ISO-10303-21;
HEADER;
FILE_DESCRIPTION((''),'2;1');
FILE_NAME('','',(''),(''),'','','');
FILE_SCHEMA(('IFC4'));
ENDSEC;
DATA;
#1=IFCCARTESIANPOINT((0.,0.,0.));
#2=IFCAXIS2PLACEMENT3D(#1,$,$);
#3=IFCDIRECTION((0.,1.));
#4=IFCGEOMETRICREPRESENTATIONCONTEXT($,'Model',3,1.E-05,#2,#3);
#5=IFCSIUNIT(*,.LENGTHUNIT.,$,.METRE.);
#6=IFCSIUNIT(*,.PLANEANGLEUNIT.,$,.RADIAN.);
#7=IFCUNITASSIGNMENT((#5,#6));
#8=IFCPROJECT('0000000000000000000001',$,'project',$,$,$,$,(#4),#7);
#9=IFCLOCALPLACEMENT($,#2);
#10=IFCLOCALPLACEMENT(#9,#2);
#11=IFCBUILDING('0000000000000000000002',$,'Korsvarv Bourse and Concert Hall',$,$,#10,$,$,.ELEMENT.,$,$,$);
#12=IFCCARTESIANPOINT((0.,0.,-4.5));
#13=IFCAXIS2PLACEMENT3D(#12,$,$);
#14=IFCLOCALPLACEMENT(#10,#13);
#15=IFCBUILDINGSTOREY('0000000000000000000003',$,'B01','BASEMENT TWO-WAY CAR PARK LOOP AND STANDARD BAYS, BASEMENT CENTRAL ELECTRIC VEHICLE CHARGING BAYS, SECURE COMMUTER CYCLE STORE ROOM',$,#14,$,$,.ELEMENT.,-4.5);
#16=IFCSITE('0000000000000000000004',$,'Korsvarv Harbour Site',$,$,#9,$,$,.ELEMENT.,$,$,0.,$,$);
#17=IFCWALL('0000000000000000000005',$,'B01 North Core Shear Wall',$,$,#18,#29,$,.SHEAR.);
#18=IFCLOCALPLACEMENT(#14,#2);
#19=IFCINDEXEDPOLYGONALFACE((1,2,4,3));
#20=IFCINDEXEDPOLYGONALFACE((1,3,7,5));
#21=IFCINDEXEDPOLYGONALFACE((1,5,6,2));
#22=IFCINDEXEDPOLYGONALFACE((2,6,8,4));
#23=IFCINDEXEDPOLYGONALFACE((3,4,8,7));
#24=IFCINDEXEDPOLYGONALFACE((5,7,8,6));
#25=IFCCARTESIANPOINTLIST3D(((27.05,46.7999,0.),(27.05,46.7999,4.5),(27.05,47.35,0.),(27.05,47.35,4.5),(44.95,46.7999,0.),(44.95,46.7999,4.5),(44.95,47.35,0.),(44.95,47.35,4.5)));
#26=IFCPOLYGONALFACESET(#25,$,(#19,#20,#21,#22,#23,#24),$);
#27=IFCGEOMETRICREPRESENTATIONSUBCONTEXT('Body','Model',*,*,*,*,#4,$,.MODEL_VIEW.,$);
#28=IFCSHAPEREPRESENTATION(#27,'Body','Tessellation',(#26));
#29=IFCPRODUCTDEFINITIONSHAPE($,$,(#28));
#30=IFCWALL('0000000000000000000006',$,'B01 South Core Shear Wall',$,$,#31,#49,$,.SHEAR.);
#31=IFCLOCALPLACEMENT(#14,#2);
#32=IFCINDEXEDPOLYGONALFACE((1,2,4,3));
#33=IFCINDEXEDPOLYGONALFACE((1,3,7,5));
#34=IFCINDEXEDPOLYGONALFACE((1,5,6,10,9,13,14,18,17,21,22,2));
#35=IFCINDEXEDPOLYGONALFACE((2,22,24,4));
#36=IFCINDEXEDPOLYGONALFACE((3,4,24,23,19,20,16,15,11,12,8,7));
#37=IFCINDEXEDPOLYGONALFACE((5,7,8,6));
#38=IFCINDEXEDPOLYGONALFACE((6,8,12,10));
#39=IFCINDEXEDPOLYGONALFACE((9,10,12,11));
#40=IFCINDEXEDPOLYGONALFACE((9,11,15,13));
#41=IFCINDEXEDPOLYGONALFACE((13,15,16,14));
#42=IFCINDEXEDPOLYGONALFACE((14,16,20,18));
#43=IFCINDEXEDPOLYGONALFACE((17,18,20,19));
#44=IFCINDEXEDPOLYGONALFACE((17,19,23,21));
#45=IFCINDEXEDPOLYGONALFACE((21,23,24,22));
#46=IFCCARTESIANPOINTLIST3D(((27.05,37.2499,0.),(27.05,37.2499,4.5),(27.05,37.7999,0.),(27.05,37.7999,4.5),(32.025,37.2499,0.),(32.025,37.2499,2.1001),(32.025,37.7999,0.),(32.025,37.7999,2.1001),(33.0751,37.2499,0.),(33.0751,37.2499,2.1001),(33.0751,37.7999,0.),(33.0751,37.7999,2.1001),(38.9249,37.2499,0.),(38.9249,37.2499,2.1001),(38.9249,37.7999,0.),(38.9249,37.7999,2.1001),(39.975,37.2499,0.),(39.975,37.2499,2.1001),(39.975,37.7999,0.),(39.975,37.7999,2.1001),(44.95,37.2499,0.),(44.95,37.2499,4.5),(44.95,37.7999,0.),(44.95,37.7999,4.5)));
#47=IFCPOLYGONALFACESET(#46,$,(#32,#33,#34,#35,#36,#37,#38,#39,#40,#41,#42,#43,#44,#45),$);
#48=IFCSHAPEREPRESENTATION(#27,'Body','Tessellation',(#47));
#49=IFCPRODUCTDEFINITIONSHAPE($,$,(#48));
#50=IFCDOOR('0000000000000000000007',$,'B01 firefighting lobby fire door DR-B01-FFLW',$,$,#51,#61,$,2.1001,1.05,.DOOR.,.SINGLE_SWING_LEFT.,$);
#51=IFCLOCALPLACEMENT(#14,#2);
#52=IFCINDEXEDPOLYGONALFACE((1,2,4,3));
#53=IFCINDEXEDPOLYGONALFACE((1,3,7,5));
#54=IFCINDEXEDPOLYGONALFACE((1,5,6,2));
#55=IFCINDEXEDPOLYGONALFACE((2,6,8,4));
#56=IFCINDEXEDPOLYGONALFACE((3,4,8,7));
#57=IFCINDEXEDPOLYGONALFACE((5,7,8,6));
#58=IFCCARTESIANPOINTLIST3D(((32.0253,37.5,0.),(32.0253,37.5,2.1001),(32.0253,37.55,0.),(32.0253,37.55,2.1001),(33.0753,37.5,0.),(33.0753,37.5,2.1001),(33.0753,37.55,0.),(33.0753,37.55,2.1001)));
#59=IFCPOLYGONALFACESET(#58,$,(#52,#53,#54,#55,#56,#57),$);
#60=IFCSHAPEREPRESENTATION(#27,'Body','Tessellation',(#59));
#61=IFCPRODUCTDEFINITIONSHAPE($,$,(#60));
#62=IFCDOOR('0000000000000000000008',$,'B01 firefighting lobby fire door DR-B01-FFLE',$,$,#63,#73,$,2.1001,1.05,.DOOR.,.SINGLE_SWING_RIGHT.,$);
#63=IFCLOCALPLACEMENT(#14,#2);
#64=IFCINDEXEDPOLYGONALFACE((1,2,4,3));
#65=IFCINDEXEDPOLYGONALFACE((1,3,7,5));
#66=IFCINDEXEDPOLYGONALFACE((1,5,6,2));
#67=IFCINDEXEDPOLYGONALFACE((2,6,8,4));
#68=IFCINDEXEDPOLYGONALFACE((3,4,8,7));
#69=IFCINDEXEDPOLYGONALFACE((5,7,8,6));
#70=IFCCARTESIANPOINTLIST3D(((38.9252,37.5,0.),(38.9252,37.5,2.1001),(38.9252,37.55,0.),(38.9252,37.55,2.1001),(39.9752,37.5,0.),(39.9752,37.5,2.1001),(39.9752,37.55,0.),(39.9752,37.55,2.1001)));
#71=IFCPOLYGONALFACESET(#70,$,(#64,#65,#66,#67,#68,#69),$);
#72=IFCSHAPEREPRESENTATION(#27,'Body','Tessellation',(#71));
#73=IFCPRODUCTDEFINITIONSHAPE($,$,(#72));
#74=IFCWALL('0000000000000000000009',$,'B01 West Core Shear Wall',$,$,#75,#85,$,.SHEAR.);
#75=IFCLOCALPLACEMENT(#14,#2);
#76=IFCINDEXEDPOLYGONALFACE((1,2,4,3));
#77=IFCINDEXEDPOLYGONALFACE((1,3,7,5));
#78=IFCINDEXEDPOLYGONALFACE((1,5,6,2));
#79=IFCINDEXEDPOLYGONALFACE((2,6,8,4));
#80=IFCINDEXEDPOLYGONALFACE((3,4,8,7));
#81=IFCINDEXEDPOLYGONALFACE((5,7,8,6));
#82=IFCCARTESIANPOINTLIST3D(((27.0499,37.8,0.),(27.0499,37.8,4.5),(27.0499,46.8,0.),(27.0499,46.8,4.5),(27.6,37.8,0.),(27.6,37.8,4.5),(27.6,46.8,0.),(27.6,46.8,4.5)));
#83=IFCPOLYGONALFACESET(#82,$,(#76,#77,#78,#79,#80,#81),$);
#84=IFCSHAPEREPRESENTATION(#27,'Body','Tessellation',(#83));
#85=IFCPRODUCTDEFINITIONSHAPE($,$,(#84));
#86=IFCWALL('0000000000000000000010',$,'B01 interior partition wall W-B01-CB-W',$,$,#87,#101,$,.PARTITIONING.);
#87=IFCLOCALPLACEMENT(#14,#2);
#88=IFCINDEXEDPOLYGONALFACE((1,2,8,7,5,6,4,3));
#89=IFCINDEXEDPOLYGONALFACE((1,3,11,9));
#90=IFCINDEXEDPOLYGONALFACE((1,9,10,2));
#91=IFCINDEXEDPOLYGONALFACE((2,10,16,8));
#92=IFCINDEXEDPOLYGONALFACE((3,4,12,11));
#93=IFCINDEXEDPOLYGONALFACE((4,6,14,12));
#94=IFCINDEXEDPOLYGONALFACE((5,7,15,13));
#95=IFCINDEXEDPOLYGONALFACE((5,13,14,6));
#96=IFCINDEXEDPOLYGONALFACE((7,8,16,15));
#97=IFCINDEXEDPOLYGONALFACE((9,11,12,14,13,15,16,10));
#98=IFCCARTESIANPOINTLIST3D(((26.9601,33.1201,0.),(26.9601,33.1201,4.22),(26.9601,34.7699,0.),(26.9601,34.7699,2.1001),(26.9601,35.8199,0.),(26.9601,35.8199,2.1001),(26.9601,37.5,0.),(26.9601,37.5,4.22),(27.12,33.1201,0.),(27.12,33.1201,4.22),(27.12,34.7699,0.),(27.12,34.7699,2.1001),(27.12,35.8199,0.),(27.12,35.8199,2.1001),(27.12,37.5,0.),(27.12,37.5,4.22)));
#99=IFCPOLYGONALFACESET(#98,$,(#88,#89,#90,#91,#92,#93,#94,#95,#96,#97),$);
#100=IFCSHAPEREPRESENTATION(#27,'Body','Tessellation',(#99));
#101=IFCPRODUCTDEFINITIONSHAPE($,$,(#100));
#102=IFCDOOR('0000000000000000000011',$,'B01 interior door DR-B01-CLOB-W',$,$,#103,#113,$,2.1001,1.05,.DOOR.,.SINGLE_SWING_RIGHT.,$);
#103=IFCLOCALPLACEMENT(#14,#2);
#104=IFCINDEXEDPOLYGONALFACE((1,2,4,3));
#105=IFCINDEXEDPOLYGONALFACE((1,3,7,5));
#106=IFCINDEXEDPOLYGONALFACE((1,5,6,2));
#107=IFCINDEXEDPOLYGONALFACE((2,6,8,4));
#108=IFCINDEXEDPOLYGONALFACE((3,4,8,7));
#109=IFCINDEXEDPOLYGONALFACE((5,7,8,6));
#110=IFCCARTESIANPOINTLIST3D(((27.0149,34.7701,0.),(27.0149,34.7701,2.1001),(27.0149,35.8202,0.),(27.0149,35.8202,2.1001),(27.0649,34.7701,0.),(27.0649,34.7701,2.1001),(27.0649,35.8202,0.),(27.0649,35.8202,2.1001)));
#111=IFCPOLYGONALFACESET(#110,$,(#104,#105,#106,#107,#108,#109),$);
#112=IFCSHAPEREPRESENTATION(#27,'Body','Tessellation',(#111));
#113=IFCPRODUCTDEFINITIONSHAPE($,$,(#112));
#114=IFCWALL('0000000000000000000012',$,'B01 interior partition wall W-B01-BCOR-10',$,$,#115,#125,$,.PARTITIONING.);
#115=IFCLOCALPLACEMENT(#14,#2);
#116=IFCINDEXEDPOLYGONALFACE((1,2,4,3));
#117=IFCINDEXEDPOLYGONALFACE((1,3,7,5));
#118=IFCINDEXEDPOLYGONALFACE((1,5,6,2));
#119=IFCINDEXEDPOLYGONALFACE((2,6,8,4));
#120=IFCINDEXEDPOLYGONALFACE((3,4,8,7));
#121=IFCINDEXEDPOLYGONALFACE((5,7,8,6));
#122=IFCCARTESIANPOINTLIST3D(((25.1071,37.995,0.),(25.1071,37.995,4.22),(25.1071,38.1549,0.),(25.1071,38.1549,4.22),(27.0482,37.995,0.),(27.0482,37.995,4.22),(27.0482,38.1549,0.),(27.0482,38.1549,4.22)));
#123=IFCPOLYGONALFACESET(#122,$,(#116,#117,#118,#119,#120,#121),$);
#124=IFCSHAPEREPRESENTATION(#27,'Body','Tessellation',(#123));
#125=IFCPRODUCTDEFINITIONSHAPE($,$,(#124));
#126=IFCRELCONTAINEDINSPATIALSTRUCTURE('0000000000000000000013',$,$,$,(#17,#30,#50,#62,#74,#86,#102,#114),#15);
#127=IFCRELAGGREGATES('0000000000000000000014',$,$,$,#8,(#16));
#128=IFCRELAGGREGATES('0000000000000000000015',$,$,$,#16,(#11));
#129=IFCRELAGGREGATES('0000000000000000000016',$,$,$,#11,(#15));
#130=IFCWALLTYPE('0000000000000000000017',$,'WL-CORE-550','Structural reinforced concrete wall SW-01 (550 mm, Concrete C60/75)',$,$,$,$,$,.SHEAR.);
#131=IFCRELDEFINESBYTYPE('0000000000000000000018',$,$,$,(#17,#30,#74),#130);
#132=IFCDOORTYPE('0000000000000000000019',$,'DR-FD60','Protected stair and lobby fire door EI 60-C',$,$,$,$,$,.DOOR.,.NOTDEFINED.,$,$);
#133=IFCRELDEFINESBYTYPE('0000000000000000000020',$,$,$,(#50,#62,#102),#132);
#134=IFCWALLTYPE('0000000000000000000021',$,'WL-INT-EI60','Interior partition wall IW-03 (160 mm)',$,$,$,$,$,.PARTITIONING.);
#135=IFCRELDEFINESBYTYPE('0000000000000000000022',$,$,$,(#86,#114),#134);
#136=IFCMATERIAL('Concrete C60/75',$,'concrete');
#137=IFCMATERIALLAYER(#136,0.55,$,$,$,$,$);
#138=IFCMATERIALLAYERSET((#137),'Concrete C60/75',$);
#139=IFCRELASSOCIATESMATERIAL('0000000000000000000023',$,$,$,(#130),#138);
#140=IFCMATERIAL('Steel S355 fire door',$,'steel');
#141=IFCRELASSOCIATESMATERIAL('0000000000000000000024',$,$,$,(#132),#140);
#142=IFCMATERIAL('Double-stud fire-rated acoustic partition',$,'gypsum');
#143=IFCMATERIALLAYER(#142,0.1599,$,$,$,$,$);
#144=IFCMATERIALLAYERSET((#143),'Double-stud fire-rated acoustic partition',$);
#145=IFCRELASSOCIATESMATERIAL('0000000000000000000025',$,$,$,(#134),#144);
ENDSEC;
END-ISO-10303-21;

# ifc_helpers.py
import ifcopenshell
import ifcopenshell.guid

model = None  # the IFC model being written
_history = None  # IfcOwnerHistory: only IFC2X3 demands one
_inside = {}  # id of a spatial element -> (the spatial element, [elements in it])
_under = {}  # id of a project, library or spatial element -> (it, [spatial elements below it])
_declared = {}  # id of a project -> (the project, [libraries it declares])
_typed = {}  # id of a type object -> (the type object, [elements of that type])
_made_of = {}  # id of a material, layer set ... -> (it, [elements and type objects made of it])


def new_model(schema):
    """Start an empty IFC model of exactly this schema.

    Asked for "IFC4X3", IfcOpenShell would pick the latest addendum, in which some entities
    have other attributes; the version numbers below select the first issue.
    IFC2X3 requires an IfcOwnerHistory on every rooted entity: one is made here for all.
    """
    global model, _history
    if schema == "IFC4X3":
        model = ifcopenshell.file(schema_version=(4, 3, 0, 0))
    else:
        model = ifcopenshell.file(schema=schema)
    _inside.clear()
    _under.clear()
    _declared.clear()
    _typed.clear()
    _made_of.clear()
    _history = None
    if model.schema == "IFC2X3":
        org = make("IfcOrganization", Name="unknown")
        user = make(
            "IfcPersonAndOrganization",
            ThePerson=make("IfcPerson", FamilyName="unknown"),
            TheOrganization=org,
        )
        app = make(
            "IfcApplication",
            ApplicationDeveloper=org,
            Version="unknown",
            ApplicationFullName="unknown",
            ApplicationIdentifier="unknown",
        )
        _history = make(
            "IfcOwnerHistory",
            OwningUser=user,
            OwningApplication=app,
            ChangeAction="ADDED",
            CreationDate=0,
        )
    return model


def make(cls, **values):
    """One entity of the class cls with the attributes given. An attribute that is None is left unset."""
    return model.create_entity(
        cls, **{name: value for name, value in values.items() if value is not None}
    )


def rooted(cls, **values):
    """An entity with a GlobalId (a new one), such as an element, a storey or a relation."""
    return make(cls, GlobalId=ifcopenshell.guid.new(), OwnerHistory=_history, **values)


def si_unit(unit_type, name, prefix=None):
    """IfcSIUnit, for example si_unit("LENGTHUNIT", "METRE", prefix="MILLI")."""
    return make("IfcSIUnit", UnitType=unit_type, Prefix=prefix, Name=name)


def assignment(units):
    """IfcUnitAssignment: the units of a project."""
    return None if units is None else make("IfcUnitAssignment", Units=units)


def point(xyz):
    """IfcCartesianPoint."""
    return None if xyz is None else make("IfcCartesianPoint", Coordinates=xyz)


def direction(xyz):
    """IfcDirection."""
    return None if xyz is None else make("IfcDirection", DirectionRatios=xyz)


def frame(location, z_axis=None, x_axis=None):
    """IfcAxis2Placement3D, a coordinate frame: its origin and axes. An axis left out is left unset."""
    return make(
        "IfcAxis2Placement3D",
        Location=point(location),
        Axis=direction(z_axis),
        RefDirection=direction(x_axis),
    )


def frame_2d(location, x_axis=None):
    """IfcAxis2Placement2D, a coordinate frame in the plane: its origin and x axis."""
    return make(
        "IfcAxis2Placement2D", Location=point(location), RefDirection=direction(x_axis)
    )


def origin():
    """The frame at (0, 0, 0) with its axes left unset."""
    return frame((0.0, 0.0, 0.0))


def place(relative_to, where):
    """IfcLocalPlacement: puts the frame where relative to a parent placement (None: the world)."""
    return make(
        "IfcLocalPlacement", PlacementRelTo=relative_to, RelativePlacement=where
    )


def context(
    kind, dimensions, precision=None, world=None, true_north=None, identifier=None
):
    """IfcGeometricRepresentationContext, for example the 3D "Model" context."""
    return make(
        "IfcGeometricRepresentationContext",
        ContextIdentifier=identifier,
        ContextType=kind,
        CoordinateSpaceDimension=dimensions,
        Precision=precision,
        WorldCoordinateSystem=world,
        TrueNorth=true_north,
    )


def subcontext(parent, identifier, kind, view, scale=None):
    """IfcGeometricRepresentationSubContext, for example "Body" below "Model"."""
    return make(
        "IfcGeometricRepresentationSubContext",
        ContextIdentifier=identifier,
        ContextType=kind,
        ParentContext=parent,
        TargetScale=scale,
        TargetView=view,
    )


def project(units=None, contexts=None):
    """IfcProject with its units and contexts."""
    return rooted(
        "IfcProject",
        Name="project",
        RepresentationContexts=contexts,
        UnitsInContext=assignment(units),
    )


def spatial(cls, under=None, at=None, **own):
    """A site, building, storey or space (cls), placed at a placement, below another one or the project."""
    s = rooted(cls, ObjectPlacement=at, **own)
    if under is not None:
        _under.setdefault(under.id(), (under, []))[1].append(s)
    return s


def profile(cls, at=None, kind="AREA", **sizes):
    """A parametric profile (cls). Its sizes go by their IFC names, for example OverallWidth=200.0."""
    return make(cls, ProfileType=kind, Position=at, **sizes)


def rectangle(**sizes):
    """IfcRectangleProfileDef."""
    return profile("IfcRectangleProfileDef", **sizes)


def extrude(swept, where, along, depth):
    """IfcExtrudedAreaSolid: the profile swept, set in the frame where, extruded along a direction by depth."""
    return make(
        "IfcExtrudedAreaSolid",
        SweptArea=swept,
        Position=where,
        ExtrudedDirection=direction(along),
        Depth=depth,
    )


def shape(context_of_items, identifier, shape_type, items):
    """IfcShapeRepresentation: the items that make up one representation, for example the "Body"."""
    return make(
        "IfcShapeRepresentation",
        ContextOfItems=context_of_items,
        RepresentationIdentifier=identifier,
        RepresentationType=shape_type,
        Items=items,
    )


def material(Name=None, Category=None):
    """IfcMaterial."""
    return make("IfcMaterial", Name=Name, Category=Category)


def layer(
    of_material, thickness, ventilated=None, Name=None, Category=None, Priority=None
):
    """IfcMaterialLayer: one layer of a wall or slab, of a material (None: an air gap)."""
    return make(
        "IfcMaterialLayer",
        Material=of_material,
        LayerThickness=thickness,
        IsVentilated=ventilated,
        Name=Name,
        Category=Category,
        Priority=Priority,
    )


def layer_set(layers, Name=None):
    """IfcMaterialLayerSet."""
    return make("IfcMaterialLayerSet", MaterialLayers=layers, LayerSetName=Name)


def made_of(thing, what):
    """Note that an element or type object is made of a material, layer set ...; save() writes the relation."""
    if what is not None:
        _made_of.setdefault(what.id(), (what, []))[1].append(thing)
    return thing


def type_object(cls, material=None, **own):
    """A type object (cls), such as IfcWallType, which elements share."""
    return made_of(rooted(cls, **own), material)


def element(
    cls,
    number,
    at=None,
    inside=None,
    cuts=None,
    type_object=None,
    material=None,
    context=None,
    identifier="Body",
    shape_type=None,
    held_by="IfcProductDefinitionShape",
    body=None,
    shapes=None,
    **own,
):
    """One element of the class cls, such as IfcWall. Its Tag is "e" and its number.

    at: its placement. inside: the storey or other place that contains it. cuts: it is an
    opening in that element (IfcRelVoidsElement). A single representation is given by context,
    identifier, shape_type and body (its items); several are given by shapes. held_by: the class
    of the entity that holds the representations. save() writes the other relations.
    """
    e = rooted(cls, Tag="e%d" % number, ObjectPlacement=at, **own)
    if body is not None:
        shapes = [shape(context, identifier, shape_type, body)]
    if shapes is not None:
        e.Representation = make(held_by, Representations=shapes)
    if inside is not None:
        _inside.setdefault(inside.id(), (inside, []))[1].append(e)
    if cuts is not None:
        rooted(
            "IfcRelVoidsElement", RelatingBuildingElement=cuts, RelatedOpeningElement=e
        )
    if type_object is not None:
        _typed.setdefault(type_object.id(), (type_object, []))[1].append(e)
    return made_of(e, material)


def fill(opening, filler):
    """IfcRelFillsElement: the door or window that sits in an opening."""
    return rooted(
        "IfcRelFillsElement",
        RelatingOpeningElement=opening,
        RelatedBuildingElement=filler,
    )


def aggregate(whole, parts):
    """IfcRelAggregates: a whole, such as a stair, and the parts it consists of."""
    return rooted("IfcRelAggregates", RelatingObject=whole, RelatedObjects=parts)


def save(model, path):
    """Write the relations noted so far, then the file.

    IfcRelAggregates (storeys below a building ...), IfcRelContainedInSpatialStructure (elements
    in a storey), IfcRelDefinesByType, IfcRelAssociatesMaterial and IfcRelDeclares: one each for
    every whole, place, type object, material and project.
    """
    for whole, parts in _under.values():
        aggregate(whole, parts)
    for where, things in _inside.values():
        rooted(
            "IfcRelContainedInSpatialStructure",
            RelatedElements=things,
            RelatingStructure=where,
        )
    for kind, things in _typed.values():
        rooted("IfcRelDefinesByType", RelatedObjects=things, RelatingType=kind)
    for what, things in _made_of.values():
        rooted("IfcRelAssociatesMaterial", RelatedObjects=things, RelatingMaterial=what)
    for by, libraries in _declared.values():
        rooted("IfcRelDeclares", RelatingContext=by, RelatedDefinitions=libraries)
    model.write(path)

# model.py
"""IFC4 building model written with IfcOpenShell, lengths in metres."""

from ifc_helpers import new_model, si_unit, direction, frame, frame_2d, origin, place, context, subcontext, project, spatial, rectangle, extrude, material, layer, layer_set, type_object, element, fill, save


model = new_model("IFC4")

# Units and contexts
model_context = context("Model", 3, precision=1e-05, world=origin(), true_north=direction((0.0, 1.0)))
body_context = subcontext(model_context, "Body", "Model", "MODEL_VIEW")
ifc_project = project(units=[si_unit("LENGTHUNIT", "METRE"), si_unit("PLANEANGLEUNIT", "RADIAN")], contexts=[model_context])

# Site, building, storey
site_placement = place(None, origin())
site = spatial("IfcSite", under=ifc_project, at=site_placement, Name="Korsvarv Harbour Site", CompositionType="ELEMENT", RefElevation=0.0)
building_placement = place(site_placement, origin())
building = spatial("IfcBuilding", under=site, at=building_placement, Name="Korsvarv Bourse and Concert Hall", CompositionType="ELEMENT")
storey_placement = place(building_placement, frame((0.0, 0.0, -4.5)))
storey = spatial("IfcBuildingStorey", under=building, at=storey_placement, Name="B01", Description="BASEMENT TWO-WAY CAR PARK LOOP AND STANDARD BAYS, BASEMENT CENTRAL ELECTRIC VEHICLE CHARGING BAYS, SECURE COMMUTER CYCLE STORE ROOM", CompositionType="ELEMENT", Elevation=-4.5)

# Shared definitions
ifc_material_1 = material(Name="Concrete C60/75", Category="concrete")

# Wall
ifc_layer_1 = layer(ifc_material_1, 0.55)
ifc_layer_set_1 = layer_set([ifc_layer_1], Name="Concrete C60/75")
wall_type_1 = type_object("IfcWallType", Name="WL-CORE-550", Description="Structural reinforced concrete wall SW-01 (550 mm, Concrete C60/75)", PredefinedType="SHEAR", material=ifc_layer_set_1)
wall_1_placement = place(storey_placement, frame((27.05, 47.075, 0.0), z_axis=(0.0, 0.0, 1.0), x_axis=(1.0, 0.0, 0.0)))
element("IfcWall", 1, at=wall_1_placement, inside=storey, type_object=wall_type_1, Name="B01 North Core Shear Wall", PredefinedType="SHEAR", context=body_context, shape_type="SweptSolid", body=[
    extrude(rectangle(XDim=17.8999, YDim=0.55, at=frame_2d((8.95, 0.0))), origin(), (0.0, 0.0, 1.0), 4.5),
])

# Wall, openings, doors
wall_2_placement = place(storey_placement, frame((27.05, 37.5249, 0.0), z_axis=(0.0, 0.0, 1.0), x_axis=(1.0, 0.0, 0.0)))
wall_2 = element("IfcWall", 2, at=wall_2_placement, inside=storey, type_object=wall_type_1, Name="B01 South Core Shear Wall", PredefinedType="SHEAR", context=body_context, shape_type="SweptSolid", body=[
    extrude(rectangle(XDim=17.8999, YDim=0.55, at=frame_2d((8.95, 0.0))), origin(), (0.0, 0.0, 1.0), 4.5),
])
opening_1_placement = place(wall_2_placement, frame((4.9751, 0.0, 0.0)))
opening_1 = element("IfcOpeningElement", 3, at=opening_1_placement, cuts=wall_2, PredefinedType="OPENING", context=body_context, shape_type="SweptSolid", body=[
    extrude(rectangle(XDim=1.05, YDim=2.1001, at=frame_2d((0.5249, 1.05))), frame((0.0, 0.2852, 0.0), z_axis=(0.0, -1.0, 0.0), x_axis=(1.0, 0.0, 0.0)), (0.0, 0.0, 1.0), 0.5701),
])
opening_2_placement = place(wall_2_placement, frame((11.875, 0.0, 0.0)))
opening_2 = element("IfcOpeningElement", 4, at=opening_2_placement, cuts=wall_2, PredefinedType="OPENING", context=body_context, shape_type="SweptSolid", body=[
    extrude(rectangle(XDim=1.05, YDim=2.1001, at=frame_2d((0.5249, 1.05))), frame((0.0, 0.2852, 0.0), z_axis=(0.0, -1.0, 0.0), x_axis=(1.0, 0.0, 0.0)), (0.0, 0.0, 1.0), 0.5701),
])
ifc_material_2 = material(Name="Steel S355 fire door", Category="steel")
door_type = type_object("IfcDoorType", Name="DR-FD60", Description="Protected stair and lobby fire door EI 60-C", OperationType="NOTDEFINED", PredefinedType="DOOR", material=ifc_material_2)
door_1_placement = place(opening_1_placement, frame((1.05, 0.0, 0.0), z_axis=(0.0, 0.0, 1.0), x_axis=(-1.0, 0.0, 0.0)))
door_1 = element("IfcDoor", 5, at=door_1_placement, inside=storey, type_object=door_type, Name="B01 firefighting lobby fire door DR-B01-FFLW", OperationType="SINGLE_SWING_LEFT", OverallHeight=2.1001, OverallWidth=1.05, PredefinedType="DOOR", context=body_context, shape_type="SweptSolid", body=[
    extrude(rectangle(XDim=1.05, YDim=2.1001, at=frame_2d((0.5249, 1.05))), frame((0.0, 0.0249, 0.0), z_axis=(0.0, -1.0, 0.0), x_axis=(1.0, 0.0, 0.0)), (0.0, 0.0, 1.0), 0.05),
])
fill(opening_1, door_1)
door_2_placement = place(opening_2_placement, frame((1.05, 0.0, 0.0), z_axis=(0.0, 0.0, 1.0), x_axis=(-1.0, 0.0, 0.0)))
door_2 = element("IfcDoor", 6, at=door_2_placement, inside=storey, type_object=door_type, Name="B01 firefighting lobby fire door DR-B01-FFLE", OperationType="SINGLE_SWING_RIGHT", OverallHeight=2.1001, OverallWidth=1.05, PredefinedType="DOOR", context=body_context, shape_type="SweptSolid", body=[
    extrude(rectangle(XDim=1.05, YDim=2.1001, at=frame_2d((0.5249, 1.05))), frame((0.0, 0.0249, 0.0), z_axis=(0.0, -1.0, 0.0), x_axis=(1.0, 0.0, 0.0)), (0.0, 0.0, 1.0), 0.05),
])
fill(opening_2, door_2)

# Wall
wall_3_placement = place(storey_placement, frame((27.325, 37.8, 0.0), z_axis=(0.0, 0.0, 1.0), x_axis=(0.0, 1.0, 0.0)))
element("IfcWall", 7, at=wall_3_placement, inside=storey, type_object=wall_type_1, Name="B01 West Core Shear Wall", PredefinedType="SHEAR", context=body_context, shape_type="SweptSolid", body=[
    extrude(rectangle(XDim=9.0, YDim=0.55, at=frame_2d((4.5, 0.0))), origin(), (0.0, 0.0, 1.0), 4.5),
])

# Wall, opening, door
ifc_material_3 = material(Name="Double-stud fire-rated acoustic partition", Category="gypsum")
ifc_layer_2 = layer(ifc_material_3, 0.1599)
ifc_layer_set_2 = layer_set([ifc_layer_2], Name="Double-stud fire-rated acoustic partition")
wall_type_2 = type_object("IfcWallType", Name="WL-INT-EI60", Description="Interior partition wall IW-03 (160 mm)", PredefinedType="PARTITIONING", material=ifc_layer_set_2)
wall_4_placement = place(storey_placement, frame((27.04, 33.1201, 0.0), z_axis=(0.0, 0.0, 1.0), x_axis=(0.0, 1.0, 0.0)))
wall_4 = element("IfcWall", 8, at=wall_4_placement, inside=storey, type_object=wall_type_2, Name="B01 interior partition wall W-B01-CB-W", PredefinedType="PARTITIONING", context=body_context, shape_type="SweptSolid", body=[
    extrude(rectangle(XDim=4.3799, YDim=0.1599, at=frame_2d((2.1899, 0.0))), origin(), (0.0, 0.0, 1.0), 4.22),
])
opening_3_placement = place(wall_4_placement, frame((1.6499, 0.0, 0.0)))
opening_3 = element("IfcOpeningElement", 9, at=opening_3_placement, cuts=wall_4, PredefinedType="OPENING", context=body_context, shape_type="SweptSolid", body=[
    extrude(rectangle(XDim=1.05, YDim=2.1001, at=frame_2d((0.5249, 1.05))), frame((0.0, 0.0898, 0.0), z_axis=(0.0, -1.0, 0.0), x_axis=(1.0, 0.0, 0.0)), (0.0, 0.0, 1.0), 0.1799),
])
door_3_placement = place(opening_3_placement, frame((1.05, 0.0, 0.0), z_axis=(0.0, 0.0, 1.0), x_axis=(-1.0, 0.0, 0.0)))
door_3 = element("IfcDoor", 10, at=door_3_placement, inside=storey, type_object=door_type, Name="B01 interior door DR-B01-CLOB-W", OperationType="SINGLE_SWING_RIGHT", OverallHeight=2.1001, OverallWidth=1.05, PredefinedType="DOOR", context=body_context, shape_type="SweptSolid", body=[
    extrude(rectangle(XDim=1.05, YDim=2.1001, at=frame_2d((0.5249, 1.05))), frame((0.0, 0.0249, 0.0), z_axis=(0.0, -1.0, 0.0), x_axis=(1.0, 0.0, 0.0)), (0.0, 0.0, 1.0), 0.05),
])
fill(opening_3, door_3)

# Wall
wall_5_placement = place(storey_placement, frame((25.1069, 38.075, 0.0), z_axis=(0.0, 0.0, 1.0), x_axis=(1.0, 0.0, 0.0)))
element("IfcWall", 11, at=wall_5_placement, inside=storey, type_object=wall_type_2, Name="B01 interior partition wall W-B01-BCOR-10", PredefinedType="PARTITIONING", context=body_context, shape_type="SweptSolid", body=[
    extrude(rectangle(XDim=1.9412, YDim=0.1599, at=frame_2d((0.9707, 0.0))), origin(), (0.0, 0.0, 1.0), 4.22),
])

save(model, "model.ifc")
